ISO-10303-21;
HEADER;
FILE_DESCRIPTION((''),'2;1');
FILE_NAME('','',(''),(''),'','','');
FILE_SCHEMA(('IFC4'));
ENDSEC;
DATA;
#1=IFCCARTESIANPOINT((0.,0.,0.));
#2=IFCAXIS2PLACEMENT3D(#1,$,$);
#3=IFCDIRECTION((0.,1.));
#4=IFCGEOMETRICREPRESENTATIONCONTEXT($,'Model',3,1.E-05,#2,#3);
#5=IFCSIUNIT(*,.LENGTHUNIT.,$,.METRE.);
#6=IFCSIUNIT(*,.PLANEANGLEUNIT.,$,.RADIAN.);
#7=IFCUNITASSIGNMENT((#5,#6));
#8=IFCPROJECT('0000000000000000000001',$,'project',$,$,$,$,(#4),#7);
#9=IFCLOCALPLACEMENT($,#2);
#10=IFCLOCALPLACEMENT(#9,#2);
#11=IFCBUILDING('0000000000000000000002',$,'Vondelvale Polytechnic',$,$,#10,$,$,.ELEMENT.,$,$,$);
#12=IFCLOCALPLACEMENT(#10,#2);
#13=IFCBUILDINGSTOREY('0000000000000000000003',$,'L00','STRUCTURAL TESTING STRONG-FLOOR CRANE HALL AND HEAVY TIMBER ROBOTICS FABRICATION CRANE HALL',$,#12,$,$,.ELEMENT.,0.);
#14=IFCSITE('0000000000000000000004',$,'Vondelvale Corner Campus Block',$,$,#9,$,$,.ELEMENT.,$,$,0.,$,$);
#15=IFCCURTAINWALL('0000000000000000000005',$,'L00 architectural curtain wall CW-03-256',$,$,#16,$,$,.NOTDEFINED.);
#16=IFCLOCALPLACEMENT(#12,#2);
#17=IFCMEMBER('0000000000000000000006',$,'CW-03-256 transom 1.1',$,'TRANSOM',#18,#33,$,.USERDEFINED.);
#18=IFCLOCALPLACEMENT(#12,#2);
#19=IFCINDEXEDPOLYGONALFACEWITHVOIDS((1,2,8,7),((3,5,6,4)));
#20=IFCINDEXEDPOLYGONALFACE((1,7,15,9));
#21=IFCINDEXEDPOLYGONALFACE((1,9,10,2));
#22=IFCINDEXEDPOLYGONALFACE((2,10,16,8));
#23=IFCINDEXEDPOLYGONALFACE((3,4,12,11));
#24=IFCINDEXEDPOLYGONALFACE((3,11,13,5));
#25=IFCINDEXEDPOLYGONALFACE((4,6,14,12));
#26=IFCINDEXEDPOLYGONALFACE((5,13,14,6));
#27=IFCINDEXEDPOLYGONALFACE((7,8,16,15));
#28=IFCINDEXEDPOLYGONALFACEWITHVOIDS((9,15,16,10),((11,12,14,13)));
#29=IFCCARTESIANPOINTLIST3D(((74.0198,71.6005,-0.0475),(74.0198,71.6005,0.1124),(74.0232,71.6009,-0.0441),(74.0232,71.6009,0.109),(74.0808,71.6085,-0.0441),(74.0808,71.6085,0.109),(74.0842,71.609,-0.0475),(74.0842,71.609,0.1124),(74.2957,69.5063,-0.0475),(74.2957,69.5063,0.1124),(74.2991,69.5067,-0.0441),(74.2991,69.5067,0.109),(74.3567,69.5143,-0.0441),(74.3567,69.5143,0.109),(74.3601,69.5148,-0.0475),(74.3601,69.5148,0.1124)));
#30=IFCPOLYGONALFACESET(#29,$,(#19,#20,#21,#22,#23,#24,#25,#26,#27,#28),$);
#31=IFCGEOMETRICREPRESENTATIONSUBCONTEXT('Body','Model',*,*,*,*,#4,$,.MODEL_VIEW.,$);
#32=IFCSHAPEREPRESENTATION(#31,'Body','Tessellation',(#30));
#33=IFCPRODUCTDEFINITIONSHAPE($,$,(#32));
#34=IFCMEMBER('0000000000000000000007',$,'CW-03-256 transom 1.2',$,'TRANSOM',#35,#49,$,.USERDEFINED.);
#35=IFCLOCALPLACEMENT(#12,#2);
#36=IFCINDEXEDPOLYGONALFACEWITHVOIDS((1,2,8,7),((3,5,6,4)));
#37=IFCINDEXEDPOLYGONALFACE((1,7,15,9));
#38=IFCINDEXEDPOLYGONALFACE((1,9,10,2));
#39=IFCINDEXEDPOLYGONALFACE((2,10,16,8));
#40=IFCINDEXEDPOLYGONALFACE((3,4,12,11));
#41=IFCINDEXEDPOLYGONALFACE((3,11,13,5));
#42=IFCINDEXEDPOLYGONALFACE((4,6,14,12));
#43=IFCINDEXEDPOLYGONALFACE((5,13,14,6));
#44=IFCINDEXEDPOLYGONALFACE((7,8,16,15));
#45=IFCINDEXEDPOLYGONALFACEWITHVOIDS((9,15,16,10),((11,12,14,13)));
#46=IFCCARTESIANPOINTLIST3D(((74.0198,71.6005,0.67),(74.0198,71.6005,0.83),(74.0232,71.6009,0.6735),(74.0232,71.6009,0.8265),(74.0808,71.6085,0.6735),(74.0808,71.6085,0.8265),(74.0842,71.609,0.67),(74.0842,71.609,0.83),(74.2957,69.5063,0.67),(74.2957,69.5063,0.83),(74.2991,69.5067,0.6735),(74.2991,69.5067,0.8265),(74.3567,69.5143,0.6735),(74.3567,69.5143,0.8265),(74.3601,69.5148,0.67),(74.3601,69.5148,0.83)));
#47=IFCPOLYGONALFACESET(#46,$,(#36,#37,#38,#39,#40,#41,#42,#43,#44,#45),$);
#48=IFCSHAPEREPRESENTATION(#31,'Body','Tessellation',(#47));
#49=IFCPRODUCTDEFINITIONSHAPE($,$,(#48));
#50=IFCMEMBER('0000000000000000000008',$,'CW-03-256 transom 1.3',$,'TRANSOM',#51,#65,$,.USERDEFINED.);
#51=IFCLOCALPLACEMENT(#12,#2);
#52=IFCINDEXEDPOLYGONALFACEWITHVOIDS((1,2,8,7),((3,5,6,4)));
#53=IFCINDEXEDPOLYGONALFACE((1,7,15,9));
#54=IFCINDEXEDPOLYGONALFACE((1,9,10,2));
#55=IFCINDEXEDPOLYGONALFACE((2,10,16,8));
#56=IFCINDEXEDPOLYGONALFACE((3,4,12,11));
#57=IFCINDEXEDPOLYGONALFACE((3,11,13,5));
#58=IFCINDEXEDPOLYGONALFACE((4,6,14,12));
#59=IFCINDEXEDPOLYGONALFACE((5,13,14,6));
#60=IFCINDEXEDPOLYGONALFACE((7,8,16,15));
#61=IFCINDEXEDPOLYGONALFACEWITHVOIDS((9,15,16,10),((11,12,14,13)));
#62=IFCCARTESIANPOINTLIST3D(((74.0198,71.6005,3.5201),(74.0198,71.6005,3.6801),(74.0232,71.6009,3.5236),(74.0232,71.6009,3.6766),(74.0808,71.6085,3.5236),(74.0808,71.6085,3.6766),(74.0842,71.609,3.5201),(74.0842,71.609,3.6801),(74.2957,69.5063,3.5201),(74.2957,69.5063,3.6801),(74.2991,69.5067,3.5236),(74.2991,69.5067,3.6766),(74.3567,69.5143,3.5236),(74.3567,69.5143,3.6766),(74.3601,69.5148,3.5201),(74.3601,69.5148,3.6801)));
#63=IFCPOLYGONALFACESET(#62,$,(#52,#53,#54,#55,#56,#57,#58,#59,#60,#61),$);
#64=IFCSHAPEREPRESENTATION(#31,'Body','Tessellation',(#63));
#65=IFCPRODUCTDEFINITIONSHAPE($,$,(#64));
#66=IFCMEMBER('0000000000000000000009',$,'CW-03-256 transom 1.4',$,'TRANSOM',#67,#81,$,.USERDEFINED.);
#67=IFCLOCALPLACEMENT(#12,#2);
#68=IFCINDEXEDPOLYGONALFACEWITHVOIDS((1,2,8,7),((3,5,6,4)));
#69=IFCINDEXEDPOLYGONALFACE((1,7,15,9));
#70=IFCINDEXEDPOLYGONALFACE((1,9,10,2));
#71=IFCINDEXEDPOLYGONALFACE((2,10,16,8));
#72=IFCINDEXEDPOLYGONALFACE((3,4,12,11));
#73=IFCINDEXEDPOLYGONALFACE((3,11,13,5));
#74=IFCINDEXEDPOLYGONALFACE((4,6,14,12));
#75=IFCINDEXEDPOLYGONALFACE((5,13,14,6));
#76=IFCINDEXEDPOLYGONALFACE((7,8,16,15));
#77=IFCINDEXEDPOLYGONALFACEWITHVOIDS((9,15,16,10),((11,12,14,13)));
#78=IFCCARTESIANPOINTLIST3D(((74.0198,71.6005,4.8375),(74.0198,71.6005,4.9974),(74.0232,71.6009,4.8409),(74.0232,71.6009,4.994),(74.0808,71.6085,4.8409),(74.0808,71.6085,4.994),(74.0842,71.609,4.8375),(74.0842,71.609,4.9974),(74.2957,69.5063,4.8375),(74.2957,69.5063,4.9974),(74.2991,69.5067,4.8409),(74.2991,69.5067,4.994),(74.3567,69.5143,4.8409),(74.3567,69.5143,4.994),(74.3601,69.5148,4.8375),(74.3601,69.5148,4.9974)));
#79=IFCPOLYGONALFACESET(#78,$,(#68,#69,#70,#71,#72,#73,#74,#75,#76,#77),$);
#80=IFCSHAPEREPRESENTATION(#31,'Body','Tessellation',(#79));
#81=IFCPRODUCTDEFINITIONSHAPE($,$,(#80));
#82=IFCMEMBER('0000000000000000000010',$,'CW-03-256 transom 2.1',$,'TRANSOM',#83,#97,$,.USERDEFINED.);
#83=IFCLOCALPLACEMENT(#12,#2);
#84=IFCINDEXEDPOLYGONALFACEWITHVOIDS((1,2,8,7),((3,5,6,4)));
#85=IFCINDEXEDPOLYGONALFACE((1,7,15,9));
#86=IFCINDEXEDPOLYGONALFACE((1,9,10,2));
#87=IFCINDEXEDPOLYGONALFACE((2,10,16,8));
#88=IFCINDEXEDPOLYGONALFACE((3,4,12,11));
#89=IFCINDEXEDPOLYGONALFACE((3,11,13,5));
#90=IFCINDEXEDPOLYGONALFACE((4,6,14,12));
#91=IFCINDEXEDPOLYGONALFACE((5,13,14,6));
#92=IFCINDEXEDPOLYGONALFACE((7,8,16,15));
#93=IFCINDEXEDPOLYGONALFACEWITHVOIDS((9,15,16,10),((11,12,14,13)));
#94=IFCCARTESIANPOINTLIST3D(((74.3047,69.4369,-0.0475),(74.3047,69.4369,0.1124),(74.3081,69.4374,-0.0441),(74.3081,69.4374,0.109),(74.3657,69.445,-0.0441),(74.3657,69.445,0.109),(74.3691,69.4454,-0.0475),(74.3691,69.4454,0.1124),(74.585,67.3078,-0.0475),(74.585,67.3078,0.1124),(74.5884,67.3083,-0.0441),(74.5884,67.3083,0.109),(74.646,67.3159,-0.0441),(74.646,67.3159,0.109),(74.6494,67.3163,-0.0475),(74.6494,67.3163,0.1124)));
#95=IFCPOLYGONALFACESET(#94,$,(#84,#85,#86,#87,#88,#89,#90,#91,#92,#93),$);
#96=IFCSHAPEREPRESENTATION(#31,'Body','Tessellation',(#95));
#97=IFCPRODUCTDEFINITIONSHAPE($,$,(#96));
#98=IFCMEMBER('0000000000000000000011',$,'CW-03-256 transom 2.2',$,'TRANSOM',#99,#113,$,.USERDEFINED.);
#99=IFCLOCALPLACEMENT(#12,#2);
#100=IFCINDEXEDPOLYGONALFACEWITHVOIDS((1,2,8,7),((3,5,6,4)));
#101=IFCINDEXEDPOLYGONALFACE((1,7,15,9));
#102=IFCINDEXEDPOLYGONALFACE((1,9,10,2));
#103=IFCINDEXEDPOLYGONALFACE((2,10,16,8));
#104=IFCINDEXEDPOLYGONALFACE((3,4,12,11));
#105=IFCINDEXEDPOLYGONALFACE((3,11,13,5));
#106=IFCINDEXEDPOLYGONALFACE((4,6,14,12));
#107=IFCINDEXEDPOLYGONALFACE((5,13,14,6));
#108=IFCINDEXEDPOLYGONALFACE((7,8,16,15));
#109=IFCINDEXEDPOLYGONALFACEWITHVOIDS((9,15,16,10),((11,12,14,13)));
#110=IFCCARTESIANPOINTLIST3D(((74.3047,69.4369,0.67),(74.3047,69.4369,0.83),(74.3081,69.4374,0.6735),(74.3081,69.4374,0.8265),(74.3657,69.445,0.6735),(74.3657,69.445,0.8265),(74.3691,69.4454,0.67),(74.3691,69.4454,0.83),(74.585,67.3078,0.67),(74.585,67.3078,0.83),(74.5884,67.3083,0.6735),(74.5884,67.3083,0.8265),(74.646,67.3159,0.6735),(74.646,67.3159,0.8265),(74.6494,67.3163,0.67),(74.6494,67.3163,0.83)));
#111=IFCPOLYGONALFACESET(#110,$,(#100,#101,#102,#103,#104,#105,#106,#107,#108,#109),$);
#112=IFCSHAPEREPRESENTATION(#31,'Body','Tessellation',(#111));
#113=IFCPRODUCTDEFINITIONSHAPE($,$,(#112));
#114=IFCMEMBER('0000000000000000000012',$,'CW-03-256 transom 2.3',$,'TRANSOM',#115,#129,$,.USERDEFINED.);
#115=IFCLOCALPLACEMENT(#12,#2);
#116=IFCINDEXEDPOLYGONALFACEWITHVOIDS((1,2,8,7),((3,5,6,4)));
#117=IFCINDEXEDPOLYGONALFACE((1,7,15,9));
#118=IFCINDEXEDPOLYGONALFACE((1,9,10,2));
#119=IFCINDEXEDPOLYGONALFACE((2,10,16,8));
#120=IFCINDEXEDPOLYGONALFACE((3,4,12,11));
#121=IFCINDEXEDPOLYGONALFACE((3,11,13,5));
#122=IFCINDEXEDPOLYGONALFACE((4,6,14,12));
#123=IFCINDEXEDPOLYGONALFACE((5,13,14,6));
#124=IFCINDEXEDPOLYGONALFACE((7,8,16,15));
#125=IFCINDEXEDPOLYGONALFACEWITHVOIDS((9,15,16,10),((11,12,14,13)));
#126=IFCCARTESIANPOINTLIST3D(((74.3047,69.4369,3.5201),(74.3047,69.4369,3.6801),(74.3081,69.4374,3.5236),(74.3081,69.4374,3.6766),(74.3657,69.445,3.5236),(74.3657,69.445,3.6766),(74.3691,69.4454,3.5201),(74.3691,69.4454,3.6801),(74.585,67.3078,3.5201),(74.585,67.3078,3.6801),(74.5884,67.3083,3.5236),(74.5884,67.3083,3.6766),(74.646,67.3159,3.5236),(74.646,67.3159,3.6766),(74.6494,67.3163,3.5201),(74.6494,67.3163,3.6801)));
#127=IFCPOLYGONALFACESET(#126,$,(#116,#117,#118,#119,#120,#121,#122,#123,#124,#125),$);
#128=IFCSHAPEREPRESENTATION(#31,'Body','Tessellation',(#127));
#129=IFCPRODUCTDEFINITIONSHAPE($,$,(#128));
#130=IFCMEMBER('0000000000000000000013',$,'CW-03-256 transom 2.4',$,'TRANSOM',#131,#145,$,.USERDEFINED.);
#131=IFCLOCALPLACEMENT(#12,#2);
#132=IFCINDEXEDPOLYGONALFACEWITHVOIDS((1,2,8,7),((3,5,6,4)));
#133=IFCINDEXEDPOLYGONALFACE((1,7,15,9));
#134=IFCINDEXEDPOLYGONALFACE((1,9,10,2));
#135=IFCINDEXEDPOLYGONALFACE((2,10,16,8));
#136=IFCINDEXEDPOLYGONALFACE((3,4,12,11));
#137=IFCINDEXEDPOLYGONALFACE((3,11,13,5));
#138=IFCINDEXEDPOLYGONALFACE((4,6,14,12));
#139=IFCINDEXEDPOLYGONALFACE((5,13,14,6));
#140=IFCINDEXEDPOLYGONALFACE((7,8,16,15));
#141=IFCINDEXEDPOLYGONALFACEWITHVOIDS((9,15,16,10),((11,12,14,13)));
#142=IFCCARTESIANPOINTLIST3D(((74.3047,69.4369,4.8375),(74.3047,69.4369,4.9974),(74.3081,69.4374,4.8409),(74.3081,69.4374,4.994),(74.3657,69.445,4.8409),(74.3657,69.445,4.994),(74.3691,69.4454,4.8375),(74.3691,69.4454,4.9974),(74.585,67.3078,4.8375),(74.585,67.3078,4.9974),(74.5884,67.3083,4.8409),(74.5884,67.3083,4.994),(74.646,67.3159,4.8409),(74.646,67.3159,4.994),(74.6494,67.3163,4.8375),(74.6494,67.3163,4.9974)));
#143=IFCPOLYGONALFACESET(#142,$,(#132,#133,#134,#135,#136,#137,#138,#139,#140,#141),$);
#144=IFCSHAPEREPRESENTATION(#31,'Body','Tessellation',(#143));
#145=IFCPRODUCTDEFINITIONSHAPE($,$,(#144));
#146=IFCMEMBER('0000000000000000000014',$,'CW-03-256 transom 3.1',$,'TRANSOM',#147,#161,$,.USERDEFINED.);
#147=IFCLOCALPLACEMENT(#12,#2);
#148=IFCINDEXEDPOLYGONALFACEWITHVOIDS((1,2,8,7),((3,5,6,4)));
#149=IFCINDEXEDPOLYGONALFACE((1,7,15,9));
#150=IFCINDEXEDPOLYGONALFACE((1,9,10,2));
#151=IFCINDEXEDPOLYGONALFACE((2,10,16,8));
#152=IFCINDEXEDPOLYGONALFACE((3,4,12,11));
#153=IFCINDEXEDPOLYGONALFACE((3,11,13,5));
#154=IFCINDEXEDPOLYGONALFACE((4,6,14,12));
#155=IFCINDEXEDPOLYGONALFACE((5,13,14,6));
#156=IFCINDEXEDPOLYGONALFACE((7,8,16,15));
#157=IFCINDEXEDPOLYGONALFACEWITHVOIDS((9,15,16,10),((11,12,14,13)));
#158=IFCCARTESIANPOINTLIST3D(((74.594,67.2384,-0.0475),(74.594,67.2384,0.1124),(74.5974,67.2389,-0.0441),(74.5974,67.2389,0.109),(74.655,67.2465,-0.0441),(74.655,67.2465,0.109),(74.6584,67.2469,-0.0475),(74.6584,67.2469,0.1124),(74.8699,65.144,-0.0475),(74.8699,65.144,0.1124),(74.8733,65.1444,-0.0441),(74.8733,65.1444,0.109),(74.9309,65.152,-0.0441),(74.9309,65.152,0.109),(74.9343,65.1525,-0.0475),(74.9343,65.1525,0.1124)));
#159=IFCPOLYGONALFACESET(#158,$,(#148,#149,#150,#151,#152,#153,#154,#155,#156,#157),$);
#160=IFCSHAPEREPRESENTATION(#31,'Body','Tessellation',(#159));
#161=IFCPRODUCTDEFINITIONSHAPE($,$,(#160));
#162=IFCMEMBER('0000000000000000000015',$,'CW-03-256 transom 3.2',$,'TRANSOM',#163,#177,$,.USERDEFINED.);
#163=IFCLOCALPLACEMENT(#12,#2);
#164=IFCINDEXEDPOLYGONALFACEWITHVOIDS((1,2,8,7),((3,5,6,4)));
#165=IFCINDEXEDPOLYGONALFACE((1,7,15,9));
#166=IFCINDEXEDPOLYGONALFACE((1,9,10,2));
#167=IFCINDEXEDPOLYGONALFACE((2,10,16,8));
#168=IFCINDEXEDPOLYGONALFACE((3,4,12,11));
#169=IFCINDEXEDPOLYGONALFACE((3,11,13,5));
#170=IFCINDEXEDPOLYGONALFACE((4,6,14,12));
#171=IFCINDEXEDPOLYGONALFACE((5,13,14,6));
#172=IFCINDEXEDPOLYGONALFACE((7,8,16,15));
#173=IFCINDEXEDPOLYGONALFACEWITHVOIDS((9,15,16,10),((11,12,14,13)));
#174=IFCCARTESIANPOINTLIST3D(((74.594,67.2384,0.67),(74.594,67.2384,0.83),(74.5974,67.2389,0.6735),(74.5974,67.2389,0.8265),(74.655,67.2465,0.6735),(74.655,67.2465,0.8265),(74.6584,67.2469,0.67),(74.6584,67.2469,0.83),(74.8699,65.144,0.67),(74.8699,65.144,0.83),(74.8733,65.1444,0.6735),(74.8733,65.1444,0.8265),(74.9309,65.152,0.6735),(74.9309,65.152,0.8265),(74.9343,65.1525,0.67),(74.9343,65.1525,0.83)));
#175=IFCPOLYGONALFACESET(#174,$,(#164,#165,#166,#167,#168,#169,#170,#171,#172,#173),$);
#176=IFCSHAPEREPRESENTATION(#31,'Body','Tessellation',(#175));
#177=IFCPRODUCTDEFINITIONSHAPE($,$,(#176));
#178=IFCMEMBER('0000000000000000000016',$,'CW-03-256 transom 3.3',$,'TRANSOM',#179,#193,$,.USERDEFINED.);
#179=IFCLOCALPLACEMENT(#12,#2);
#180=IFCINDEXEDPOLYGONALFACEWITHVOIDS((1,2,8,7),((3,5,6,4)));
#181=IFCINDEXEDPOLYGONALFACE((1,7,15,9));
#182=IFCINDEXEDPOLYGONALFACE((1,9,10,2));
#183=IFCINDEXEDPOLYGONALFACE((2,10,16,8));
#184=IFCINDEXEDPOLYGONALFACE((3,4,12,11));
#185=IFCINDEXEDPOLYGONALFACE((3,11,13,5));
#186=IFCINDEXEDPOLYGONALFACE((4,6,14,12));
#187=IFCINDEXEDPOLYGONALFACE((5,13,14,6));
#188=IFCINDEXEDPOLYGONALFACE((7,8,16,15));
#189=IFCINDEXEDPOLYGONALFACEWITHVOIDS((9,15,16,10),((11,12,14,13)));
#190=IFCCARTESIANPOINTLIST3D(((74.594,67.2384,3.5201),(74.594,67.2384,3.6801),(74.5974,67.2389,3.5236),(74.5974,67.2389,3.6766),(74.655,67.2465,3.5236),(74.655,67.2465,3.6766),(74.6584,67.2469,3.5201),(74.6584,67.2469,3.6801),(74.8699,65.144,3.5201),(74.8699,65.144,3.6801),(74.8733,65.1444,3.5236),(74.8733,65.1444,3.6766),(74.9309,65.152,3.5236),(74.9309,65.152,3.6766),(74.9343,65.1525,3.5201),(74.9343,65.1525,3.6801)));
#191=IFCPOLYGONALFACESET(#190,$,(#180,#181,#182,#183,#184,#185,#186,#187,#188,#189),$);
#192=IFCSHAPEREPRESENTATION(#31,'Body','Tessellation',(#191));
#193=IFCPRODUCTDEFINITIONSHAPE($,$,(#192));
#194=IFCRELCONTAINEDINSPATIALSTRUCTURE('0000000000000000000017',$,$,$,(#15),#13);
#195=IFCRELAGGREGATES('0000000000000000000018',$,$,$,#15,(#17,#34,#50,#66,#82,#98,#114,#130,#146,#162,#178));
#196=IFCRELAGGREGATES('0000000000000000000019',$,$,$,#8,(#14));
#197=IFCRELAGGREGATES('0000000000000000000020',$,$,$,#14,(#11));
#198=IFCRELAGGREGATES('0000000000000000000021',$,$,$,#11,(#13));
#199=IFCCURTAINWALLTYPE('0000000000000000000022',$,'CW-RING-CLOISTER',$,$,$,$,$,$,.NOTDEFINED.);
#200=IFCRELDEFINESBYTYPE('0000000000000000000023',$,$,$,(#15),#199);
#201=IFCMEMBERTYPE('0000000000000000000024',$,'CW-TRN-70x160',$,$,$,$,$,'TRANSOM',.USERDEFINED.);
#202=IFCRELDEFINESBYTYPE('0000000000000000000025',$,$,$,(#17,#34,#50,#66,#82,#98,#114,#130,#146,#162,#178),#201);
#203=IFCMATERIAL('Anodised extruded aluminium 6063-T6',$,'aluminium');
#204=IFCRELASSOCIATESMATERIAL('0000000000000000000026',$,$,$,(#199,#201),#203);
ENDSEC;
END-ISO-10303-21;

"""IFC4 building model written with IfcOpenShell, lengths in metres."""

from ifc_helpers import new_model, si_unit, direction, frame, origin, origin_2d, place, context, subcontext, project, spatial, hollow_rectangle, extrude, material, material_profile, profile_set, type_object, element, aggregate, save


model = new_model("IFC4")

# Units and contexts
model_context = context("Model", 3, precision=1e-05, world=origin(), true_north=direction((0.0, 1.0)))
body_context = subcontext(model_context, "Body", "Model", "MODEL_VIEW")
ifc_project = project(units=[si_unit("LENGTHUNIT", "METRE"), si_unit("PLANEANGLEUNIT", "RADIAN")], contexts=[model_context])

# Site, building, storey
site_placement = place(None, origin())
site = spatial("IfcSite", under=ifc_project, at=site_placement, Name="Vondelvale Corner Campus Block", CompositionType="ELEMENT", RefElevation=0.0)
building_placement = place(site_placement, origin())
building = spatial("IfcBuilding", under=site, at=building_placement, Name="Vondelvale Polytechnic", CompositionType="ELEMENT")
storey_placement = place(building_placement, origin())
storey = spatial("IfcBuildingStorey", under=building, at=storey_placement, Name="L00", Description="STRUCTURAL TESTING STRONG-FLOOR CRANE HALL AND HEAVY TIMBER ROBOTICS FABRICATION CRANE HALL", CompositionType="ELEMENT", Elevation=0.0)

# Curtain wall, members
ifc_material_1 = material(Name="Anodised extruded aluminium 6063-T6", Category="aluminium")
curtain_wall_type = type_object("IfcCurtainWallType", Name="CW-RING-CLOISTER", PredefinedType="NOTDEFINED", material=ifc_material_1)
curtain_wall_placement = place(storey_placement, origin())
curtain_wall = element("IfcCurtainWall", 1, at=curtain_wall_placement, inside=storey, type_object=curtain_wall_type, Name="L00 architectural curtain wall CW-03-256", PredefinedType="NOTDEFINED")
ifc_material_profile_1 = material_profile(ifc_material_1, hollow_rectangle(XDim=0.0649, YDim=0.1599, WallThickness=0.0034, at=origin_2d()), Name="CW-TRN-160x65")
ifc_profile_set_1 = profile_set([ifc_material_profile_1], Name="Anodised extruded aluminium 6063-T6")
member_type_1 = type_object("IfcMemberType", Name="CW-TRN-70x160", ElementType="TRANSOM", PredefinedType="USERDEFINED", material=ifc_profile_set_1)
member_1_placement = place(storey_placement, frame((74.052, 71.6047, 0.0325), z_axis=(0.130604, -0.991435, 0.0), x_axis=(0.991435, 0.130604, 0.0)))
member_1 = element("IfcMember", 2, at=member_1_placement, type_object=member_type_1, Name="CW-03-256 transom 1.1", ObjectType="TRANSOM", PredefinedType="USERDEFINED", context=body_context, shape_type="SweptSolid", body=[
    extrude(hollow_rectangle(XDim=0.0649, YDim=0.1599, WallThickness=0.0034, at=origin_2d()), origin(), (0.0, 0.0, 1.0), 2.1123),
])
member_2_placement = place(storey_placement, frame((74.052, 71.6047, 0.75), z_axis=(0.130604, -0.991435, 0.0), x_axis=(0.991435, 0.130604, 0.0)))
member_2 = element("IfcMember", 3, at=member_2_placement, type_object=member_type_1, Name="CW-03-256 transom 1.2", ObjectType="TRANSOM", PredefinedType="USERDEFINED", context=body_context, shape_type="SweptSolid", body=[
    extrude(hollow_rectangle(XDim=0.0649, YDim=0.1599, WallThickness=0.0034, at=origin_2d()), origin(), (0.0, 0.0, 1.0), 2.1123),
])
member_3_placement = place(storey_placement, frame((74.052, 71.6047, 3.6001), z_axis=(0.130604, -0.991435, 0.0), x_axis=(0.991435, 0.130604, 0.0)))
member_3 = element("IfcMember", 4, at=member_3_placement, type_object=member_type_1, Name="CW-03-256 transom 1.3", ObjectType="TRANSOM", PredefinedType="USERDEFINED", context=body_context, shape_type="SweptSolid", body=[
    extrude(hollow_rectangle(XDim=0.0649, YDim=0.1599, WallThickness=0.0034, at=origin_2d()), origin(), (0.0, 0.0, 1.0), 2.1123),
])
member_4_placement = place(storey_placement, frame((74.052, 71.6047, 4.9175), z_axis=(0.130604, -0.991435, 0.0), x_axis=(0.991435, 0.130604, 0.0)))
member_4 = element("IfcMember", 5, at=member_4_placement, type_object=member_type_1, Name="CW-03-256 transom 1.4", ObjectType="TRANSOM", PredefinedType="USERDEFINED", context=body_context, shape_type="SweptSolid", body=[
    extrude(hollow_rectangle(XDim=0.0649, YDim=0.1599, WallThickness=0.0034, at=origin_2d()), origin(), (0.0, 0.0, 1.0), 2.1123),
])
member_5_placement = place(storey_placement, frame((74.3369, 69.4412, 0.0325), z_axis=(0.13051, -0.991447, 0.0), x_axis=(0.991447, 0.13051, 0.0)))
member_5 = element("IfcMember", 6, at=member_5_placement, type_object=member_type_1, Name="CW-03-256 transom 2.1", ObjectType="TRANSOM", PredefinedType="USERDEFINED", context=body_context, shape_type="SweptSolid", body=[
    extrude(hollow_rectangle(XDim=0.0649, YDim=0.1599, WallThickness=0.0034, at=origin_2d()), origin(), (0.0, 0.0, 1.0), 2.1475),
])
member_6_placement = place(storey_placement, frame((74.3369, 69.4412, 0.75), z_axis=(0.13051, -0.991447, 0.0), x_axis=(0.991447, 0.13051, 0.0)))
member_6 = element("IfcMember", 7, at=member_6_placement, type_object=member_type_1, Name="CW-03-256 transom 2.2", ObjectType="TRANSOM", PredefinedType="USERDEFINED", context=body_context, shape_type="SweptSolid", body=[
    extrude(hollow_rectangle(XDim=0.0649, YDim=0.1599, WallThickness=0.0034, at=origin_2d()), origin(), (0.0, 0.0, 1.0), 2.1475),
])
member_7_placement = place(storey_placement, frame((74.3369, 69.4412, 3.6001), z_axis=(0.13051, -0.991447, 0.0), x_axis=(0.991447, 0.13051, 0.0)))
member_7 = element("IfcMember", 8, at=member_7_placement, type_object=member_type_1, Name="CW-03-256 transom 2.3", ObjectType="TRANSOM", PredefinedType="USERDEFINED", context=body_context, shape_type="SweptSolid", body=[
    extrude(hollow_rectangle(XDim=0.0649, YDim=0.1599, WallThickness=0.0034, at=origin_2d()), origin(), (0.0, 0.0, 1.0), 2.1475),
])
member_8_placement = place(storey_placement, frame((74.3369, 69.4412, 4.9175), z_axis=(0.13051, -0.991447, 0.0), x_axis=(0.991447, 0.13051, 0.0)))
member_8 = element("IfcMember", 9, at=member_8_placement, type_object=member_type_1, Name="CW-03-256 transom 2.4", ObjectType="TRANSOM", PredefinedType="USERDEFINED", context=body_context, shape_type="SweptSolid", body=[
    extrude(hollow_rectangle(XDim=0.0649, YDim=0.1599, WallThickness=0.0034, at=origin_2d()), origin(), (0.0, 0.0, 1.0), 2.1475),
])
member_9_placement = place(storey_placement, frame((74.6262, 67.2427, 0.0325), z_axis=(0.130589, -0.991437, 0.0), x_axis=(0.991437, 0.130589, 0.0)))
member_9 = element("IfcMember", 10, at=member_9_placement, type_object=member_type_1, Name="CW-03-256 transom 3.1", ObjectType="TRANSOM", PredefinedType="USERDEFINED", context=body_context, shape_type="SweptSolid", body=[
    extrude(hollow_rectangle(XDim=0.0649, YDim=0.1599, WallThickness=0.0034, at=origin_2d()), origin(), (0.0, 0.0, 1.0), 2.1125),
])
member_10_placement = place(storey_placement, frame((74.6262, 67.2427, 0.75), z_axis=(0.130589, -0.991437, 0.0), x_axis=(0.991437, 0.130589, 0.0)))
member_10 = element("IfcMember", 11, at=member_10_placement, type_object=member_type_1, Name="CW-03-256 transom 3.2", ObjectType="TRANSOM", PredefinedType="USERDEFINED", context=body_context, shape_type="SweptSolid", body=[
    extrude(hollow_rectangle(XDim=0.0649, YDim=0.1599, WallThickness=0.0034, at=origin_2d()), origin(), (0.0, 0.0, 1.0), 2.1125),
])
member_11_placement = place(storey_placement, frame((74.6262, 67.2427, 3.6001), z_axis=(0.130589, -0.991437, 0.0), x_axis=(0.991437, 0.130589, 0.0)))
member_11 = element("IfcMember", 12, at=member_11_placement, type_object=member_type_1, Name="CW-03-256 transom 3.3", ObjectType="TRANSOM", PredefinedType="USERDEFINED", context=body_context, shape_type="SweptSolid", body=[
    extrude(hollow_rectangle(XDim=0.0649, YDim=0.1599, WallThickness=0.0034, at=origin_2d()), origin(), (0.0, 0.0, 1.0), 2.1125),
])
aggregate(curtain_wall, [member_1, member_2, member_3, member_4, member_5, member_6, member_7, member_8, member_9, member_10, member_11])

save(model, "model.ifc")
